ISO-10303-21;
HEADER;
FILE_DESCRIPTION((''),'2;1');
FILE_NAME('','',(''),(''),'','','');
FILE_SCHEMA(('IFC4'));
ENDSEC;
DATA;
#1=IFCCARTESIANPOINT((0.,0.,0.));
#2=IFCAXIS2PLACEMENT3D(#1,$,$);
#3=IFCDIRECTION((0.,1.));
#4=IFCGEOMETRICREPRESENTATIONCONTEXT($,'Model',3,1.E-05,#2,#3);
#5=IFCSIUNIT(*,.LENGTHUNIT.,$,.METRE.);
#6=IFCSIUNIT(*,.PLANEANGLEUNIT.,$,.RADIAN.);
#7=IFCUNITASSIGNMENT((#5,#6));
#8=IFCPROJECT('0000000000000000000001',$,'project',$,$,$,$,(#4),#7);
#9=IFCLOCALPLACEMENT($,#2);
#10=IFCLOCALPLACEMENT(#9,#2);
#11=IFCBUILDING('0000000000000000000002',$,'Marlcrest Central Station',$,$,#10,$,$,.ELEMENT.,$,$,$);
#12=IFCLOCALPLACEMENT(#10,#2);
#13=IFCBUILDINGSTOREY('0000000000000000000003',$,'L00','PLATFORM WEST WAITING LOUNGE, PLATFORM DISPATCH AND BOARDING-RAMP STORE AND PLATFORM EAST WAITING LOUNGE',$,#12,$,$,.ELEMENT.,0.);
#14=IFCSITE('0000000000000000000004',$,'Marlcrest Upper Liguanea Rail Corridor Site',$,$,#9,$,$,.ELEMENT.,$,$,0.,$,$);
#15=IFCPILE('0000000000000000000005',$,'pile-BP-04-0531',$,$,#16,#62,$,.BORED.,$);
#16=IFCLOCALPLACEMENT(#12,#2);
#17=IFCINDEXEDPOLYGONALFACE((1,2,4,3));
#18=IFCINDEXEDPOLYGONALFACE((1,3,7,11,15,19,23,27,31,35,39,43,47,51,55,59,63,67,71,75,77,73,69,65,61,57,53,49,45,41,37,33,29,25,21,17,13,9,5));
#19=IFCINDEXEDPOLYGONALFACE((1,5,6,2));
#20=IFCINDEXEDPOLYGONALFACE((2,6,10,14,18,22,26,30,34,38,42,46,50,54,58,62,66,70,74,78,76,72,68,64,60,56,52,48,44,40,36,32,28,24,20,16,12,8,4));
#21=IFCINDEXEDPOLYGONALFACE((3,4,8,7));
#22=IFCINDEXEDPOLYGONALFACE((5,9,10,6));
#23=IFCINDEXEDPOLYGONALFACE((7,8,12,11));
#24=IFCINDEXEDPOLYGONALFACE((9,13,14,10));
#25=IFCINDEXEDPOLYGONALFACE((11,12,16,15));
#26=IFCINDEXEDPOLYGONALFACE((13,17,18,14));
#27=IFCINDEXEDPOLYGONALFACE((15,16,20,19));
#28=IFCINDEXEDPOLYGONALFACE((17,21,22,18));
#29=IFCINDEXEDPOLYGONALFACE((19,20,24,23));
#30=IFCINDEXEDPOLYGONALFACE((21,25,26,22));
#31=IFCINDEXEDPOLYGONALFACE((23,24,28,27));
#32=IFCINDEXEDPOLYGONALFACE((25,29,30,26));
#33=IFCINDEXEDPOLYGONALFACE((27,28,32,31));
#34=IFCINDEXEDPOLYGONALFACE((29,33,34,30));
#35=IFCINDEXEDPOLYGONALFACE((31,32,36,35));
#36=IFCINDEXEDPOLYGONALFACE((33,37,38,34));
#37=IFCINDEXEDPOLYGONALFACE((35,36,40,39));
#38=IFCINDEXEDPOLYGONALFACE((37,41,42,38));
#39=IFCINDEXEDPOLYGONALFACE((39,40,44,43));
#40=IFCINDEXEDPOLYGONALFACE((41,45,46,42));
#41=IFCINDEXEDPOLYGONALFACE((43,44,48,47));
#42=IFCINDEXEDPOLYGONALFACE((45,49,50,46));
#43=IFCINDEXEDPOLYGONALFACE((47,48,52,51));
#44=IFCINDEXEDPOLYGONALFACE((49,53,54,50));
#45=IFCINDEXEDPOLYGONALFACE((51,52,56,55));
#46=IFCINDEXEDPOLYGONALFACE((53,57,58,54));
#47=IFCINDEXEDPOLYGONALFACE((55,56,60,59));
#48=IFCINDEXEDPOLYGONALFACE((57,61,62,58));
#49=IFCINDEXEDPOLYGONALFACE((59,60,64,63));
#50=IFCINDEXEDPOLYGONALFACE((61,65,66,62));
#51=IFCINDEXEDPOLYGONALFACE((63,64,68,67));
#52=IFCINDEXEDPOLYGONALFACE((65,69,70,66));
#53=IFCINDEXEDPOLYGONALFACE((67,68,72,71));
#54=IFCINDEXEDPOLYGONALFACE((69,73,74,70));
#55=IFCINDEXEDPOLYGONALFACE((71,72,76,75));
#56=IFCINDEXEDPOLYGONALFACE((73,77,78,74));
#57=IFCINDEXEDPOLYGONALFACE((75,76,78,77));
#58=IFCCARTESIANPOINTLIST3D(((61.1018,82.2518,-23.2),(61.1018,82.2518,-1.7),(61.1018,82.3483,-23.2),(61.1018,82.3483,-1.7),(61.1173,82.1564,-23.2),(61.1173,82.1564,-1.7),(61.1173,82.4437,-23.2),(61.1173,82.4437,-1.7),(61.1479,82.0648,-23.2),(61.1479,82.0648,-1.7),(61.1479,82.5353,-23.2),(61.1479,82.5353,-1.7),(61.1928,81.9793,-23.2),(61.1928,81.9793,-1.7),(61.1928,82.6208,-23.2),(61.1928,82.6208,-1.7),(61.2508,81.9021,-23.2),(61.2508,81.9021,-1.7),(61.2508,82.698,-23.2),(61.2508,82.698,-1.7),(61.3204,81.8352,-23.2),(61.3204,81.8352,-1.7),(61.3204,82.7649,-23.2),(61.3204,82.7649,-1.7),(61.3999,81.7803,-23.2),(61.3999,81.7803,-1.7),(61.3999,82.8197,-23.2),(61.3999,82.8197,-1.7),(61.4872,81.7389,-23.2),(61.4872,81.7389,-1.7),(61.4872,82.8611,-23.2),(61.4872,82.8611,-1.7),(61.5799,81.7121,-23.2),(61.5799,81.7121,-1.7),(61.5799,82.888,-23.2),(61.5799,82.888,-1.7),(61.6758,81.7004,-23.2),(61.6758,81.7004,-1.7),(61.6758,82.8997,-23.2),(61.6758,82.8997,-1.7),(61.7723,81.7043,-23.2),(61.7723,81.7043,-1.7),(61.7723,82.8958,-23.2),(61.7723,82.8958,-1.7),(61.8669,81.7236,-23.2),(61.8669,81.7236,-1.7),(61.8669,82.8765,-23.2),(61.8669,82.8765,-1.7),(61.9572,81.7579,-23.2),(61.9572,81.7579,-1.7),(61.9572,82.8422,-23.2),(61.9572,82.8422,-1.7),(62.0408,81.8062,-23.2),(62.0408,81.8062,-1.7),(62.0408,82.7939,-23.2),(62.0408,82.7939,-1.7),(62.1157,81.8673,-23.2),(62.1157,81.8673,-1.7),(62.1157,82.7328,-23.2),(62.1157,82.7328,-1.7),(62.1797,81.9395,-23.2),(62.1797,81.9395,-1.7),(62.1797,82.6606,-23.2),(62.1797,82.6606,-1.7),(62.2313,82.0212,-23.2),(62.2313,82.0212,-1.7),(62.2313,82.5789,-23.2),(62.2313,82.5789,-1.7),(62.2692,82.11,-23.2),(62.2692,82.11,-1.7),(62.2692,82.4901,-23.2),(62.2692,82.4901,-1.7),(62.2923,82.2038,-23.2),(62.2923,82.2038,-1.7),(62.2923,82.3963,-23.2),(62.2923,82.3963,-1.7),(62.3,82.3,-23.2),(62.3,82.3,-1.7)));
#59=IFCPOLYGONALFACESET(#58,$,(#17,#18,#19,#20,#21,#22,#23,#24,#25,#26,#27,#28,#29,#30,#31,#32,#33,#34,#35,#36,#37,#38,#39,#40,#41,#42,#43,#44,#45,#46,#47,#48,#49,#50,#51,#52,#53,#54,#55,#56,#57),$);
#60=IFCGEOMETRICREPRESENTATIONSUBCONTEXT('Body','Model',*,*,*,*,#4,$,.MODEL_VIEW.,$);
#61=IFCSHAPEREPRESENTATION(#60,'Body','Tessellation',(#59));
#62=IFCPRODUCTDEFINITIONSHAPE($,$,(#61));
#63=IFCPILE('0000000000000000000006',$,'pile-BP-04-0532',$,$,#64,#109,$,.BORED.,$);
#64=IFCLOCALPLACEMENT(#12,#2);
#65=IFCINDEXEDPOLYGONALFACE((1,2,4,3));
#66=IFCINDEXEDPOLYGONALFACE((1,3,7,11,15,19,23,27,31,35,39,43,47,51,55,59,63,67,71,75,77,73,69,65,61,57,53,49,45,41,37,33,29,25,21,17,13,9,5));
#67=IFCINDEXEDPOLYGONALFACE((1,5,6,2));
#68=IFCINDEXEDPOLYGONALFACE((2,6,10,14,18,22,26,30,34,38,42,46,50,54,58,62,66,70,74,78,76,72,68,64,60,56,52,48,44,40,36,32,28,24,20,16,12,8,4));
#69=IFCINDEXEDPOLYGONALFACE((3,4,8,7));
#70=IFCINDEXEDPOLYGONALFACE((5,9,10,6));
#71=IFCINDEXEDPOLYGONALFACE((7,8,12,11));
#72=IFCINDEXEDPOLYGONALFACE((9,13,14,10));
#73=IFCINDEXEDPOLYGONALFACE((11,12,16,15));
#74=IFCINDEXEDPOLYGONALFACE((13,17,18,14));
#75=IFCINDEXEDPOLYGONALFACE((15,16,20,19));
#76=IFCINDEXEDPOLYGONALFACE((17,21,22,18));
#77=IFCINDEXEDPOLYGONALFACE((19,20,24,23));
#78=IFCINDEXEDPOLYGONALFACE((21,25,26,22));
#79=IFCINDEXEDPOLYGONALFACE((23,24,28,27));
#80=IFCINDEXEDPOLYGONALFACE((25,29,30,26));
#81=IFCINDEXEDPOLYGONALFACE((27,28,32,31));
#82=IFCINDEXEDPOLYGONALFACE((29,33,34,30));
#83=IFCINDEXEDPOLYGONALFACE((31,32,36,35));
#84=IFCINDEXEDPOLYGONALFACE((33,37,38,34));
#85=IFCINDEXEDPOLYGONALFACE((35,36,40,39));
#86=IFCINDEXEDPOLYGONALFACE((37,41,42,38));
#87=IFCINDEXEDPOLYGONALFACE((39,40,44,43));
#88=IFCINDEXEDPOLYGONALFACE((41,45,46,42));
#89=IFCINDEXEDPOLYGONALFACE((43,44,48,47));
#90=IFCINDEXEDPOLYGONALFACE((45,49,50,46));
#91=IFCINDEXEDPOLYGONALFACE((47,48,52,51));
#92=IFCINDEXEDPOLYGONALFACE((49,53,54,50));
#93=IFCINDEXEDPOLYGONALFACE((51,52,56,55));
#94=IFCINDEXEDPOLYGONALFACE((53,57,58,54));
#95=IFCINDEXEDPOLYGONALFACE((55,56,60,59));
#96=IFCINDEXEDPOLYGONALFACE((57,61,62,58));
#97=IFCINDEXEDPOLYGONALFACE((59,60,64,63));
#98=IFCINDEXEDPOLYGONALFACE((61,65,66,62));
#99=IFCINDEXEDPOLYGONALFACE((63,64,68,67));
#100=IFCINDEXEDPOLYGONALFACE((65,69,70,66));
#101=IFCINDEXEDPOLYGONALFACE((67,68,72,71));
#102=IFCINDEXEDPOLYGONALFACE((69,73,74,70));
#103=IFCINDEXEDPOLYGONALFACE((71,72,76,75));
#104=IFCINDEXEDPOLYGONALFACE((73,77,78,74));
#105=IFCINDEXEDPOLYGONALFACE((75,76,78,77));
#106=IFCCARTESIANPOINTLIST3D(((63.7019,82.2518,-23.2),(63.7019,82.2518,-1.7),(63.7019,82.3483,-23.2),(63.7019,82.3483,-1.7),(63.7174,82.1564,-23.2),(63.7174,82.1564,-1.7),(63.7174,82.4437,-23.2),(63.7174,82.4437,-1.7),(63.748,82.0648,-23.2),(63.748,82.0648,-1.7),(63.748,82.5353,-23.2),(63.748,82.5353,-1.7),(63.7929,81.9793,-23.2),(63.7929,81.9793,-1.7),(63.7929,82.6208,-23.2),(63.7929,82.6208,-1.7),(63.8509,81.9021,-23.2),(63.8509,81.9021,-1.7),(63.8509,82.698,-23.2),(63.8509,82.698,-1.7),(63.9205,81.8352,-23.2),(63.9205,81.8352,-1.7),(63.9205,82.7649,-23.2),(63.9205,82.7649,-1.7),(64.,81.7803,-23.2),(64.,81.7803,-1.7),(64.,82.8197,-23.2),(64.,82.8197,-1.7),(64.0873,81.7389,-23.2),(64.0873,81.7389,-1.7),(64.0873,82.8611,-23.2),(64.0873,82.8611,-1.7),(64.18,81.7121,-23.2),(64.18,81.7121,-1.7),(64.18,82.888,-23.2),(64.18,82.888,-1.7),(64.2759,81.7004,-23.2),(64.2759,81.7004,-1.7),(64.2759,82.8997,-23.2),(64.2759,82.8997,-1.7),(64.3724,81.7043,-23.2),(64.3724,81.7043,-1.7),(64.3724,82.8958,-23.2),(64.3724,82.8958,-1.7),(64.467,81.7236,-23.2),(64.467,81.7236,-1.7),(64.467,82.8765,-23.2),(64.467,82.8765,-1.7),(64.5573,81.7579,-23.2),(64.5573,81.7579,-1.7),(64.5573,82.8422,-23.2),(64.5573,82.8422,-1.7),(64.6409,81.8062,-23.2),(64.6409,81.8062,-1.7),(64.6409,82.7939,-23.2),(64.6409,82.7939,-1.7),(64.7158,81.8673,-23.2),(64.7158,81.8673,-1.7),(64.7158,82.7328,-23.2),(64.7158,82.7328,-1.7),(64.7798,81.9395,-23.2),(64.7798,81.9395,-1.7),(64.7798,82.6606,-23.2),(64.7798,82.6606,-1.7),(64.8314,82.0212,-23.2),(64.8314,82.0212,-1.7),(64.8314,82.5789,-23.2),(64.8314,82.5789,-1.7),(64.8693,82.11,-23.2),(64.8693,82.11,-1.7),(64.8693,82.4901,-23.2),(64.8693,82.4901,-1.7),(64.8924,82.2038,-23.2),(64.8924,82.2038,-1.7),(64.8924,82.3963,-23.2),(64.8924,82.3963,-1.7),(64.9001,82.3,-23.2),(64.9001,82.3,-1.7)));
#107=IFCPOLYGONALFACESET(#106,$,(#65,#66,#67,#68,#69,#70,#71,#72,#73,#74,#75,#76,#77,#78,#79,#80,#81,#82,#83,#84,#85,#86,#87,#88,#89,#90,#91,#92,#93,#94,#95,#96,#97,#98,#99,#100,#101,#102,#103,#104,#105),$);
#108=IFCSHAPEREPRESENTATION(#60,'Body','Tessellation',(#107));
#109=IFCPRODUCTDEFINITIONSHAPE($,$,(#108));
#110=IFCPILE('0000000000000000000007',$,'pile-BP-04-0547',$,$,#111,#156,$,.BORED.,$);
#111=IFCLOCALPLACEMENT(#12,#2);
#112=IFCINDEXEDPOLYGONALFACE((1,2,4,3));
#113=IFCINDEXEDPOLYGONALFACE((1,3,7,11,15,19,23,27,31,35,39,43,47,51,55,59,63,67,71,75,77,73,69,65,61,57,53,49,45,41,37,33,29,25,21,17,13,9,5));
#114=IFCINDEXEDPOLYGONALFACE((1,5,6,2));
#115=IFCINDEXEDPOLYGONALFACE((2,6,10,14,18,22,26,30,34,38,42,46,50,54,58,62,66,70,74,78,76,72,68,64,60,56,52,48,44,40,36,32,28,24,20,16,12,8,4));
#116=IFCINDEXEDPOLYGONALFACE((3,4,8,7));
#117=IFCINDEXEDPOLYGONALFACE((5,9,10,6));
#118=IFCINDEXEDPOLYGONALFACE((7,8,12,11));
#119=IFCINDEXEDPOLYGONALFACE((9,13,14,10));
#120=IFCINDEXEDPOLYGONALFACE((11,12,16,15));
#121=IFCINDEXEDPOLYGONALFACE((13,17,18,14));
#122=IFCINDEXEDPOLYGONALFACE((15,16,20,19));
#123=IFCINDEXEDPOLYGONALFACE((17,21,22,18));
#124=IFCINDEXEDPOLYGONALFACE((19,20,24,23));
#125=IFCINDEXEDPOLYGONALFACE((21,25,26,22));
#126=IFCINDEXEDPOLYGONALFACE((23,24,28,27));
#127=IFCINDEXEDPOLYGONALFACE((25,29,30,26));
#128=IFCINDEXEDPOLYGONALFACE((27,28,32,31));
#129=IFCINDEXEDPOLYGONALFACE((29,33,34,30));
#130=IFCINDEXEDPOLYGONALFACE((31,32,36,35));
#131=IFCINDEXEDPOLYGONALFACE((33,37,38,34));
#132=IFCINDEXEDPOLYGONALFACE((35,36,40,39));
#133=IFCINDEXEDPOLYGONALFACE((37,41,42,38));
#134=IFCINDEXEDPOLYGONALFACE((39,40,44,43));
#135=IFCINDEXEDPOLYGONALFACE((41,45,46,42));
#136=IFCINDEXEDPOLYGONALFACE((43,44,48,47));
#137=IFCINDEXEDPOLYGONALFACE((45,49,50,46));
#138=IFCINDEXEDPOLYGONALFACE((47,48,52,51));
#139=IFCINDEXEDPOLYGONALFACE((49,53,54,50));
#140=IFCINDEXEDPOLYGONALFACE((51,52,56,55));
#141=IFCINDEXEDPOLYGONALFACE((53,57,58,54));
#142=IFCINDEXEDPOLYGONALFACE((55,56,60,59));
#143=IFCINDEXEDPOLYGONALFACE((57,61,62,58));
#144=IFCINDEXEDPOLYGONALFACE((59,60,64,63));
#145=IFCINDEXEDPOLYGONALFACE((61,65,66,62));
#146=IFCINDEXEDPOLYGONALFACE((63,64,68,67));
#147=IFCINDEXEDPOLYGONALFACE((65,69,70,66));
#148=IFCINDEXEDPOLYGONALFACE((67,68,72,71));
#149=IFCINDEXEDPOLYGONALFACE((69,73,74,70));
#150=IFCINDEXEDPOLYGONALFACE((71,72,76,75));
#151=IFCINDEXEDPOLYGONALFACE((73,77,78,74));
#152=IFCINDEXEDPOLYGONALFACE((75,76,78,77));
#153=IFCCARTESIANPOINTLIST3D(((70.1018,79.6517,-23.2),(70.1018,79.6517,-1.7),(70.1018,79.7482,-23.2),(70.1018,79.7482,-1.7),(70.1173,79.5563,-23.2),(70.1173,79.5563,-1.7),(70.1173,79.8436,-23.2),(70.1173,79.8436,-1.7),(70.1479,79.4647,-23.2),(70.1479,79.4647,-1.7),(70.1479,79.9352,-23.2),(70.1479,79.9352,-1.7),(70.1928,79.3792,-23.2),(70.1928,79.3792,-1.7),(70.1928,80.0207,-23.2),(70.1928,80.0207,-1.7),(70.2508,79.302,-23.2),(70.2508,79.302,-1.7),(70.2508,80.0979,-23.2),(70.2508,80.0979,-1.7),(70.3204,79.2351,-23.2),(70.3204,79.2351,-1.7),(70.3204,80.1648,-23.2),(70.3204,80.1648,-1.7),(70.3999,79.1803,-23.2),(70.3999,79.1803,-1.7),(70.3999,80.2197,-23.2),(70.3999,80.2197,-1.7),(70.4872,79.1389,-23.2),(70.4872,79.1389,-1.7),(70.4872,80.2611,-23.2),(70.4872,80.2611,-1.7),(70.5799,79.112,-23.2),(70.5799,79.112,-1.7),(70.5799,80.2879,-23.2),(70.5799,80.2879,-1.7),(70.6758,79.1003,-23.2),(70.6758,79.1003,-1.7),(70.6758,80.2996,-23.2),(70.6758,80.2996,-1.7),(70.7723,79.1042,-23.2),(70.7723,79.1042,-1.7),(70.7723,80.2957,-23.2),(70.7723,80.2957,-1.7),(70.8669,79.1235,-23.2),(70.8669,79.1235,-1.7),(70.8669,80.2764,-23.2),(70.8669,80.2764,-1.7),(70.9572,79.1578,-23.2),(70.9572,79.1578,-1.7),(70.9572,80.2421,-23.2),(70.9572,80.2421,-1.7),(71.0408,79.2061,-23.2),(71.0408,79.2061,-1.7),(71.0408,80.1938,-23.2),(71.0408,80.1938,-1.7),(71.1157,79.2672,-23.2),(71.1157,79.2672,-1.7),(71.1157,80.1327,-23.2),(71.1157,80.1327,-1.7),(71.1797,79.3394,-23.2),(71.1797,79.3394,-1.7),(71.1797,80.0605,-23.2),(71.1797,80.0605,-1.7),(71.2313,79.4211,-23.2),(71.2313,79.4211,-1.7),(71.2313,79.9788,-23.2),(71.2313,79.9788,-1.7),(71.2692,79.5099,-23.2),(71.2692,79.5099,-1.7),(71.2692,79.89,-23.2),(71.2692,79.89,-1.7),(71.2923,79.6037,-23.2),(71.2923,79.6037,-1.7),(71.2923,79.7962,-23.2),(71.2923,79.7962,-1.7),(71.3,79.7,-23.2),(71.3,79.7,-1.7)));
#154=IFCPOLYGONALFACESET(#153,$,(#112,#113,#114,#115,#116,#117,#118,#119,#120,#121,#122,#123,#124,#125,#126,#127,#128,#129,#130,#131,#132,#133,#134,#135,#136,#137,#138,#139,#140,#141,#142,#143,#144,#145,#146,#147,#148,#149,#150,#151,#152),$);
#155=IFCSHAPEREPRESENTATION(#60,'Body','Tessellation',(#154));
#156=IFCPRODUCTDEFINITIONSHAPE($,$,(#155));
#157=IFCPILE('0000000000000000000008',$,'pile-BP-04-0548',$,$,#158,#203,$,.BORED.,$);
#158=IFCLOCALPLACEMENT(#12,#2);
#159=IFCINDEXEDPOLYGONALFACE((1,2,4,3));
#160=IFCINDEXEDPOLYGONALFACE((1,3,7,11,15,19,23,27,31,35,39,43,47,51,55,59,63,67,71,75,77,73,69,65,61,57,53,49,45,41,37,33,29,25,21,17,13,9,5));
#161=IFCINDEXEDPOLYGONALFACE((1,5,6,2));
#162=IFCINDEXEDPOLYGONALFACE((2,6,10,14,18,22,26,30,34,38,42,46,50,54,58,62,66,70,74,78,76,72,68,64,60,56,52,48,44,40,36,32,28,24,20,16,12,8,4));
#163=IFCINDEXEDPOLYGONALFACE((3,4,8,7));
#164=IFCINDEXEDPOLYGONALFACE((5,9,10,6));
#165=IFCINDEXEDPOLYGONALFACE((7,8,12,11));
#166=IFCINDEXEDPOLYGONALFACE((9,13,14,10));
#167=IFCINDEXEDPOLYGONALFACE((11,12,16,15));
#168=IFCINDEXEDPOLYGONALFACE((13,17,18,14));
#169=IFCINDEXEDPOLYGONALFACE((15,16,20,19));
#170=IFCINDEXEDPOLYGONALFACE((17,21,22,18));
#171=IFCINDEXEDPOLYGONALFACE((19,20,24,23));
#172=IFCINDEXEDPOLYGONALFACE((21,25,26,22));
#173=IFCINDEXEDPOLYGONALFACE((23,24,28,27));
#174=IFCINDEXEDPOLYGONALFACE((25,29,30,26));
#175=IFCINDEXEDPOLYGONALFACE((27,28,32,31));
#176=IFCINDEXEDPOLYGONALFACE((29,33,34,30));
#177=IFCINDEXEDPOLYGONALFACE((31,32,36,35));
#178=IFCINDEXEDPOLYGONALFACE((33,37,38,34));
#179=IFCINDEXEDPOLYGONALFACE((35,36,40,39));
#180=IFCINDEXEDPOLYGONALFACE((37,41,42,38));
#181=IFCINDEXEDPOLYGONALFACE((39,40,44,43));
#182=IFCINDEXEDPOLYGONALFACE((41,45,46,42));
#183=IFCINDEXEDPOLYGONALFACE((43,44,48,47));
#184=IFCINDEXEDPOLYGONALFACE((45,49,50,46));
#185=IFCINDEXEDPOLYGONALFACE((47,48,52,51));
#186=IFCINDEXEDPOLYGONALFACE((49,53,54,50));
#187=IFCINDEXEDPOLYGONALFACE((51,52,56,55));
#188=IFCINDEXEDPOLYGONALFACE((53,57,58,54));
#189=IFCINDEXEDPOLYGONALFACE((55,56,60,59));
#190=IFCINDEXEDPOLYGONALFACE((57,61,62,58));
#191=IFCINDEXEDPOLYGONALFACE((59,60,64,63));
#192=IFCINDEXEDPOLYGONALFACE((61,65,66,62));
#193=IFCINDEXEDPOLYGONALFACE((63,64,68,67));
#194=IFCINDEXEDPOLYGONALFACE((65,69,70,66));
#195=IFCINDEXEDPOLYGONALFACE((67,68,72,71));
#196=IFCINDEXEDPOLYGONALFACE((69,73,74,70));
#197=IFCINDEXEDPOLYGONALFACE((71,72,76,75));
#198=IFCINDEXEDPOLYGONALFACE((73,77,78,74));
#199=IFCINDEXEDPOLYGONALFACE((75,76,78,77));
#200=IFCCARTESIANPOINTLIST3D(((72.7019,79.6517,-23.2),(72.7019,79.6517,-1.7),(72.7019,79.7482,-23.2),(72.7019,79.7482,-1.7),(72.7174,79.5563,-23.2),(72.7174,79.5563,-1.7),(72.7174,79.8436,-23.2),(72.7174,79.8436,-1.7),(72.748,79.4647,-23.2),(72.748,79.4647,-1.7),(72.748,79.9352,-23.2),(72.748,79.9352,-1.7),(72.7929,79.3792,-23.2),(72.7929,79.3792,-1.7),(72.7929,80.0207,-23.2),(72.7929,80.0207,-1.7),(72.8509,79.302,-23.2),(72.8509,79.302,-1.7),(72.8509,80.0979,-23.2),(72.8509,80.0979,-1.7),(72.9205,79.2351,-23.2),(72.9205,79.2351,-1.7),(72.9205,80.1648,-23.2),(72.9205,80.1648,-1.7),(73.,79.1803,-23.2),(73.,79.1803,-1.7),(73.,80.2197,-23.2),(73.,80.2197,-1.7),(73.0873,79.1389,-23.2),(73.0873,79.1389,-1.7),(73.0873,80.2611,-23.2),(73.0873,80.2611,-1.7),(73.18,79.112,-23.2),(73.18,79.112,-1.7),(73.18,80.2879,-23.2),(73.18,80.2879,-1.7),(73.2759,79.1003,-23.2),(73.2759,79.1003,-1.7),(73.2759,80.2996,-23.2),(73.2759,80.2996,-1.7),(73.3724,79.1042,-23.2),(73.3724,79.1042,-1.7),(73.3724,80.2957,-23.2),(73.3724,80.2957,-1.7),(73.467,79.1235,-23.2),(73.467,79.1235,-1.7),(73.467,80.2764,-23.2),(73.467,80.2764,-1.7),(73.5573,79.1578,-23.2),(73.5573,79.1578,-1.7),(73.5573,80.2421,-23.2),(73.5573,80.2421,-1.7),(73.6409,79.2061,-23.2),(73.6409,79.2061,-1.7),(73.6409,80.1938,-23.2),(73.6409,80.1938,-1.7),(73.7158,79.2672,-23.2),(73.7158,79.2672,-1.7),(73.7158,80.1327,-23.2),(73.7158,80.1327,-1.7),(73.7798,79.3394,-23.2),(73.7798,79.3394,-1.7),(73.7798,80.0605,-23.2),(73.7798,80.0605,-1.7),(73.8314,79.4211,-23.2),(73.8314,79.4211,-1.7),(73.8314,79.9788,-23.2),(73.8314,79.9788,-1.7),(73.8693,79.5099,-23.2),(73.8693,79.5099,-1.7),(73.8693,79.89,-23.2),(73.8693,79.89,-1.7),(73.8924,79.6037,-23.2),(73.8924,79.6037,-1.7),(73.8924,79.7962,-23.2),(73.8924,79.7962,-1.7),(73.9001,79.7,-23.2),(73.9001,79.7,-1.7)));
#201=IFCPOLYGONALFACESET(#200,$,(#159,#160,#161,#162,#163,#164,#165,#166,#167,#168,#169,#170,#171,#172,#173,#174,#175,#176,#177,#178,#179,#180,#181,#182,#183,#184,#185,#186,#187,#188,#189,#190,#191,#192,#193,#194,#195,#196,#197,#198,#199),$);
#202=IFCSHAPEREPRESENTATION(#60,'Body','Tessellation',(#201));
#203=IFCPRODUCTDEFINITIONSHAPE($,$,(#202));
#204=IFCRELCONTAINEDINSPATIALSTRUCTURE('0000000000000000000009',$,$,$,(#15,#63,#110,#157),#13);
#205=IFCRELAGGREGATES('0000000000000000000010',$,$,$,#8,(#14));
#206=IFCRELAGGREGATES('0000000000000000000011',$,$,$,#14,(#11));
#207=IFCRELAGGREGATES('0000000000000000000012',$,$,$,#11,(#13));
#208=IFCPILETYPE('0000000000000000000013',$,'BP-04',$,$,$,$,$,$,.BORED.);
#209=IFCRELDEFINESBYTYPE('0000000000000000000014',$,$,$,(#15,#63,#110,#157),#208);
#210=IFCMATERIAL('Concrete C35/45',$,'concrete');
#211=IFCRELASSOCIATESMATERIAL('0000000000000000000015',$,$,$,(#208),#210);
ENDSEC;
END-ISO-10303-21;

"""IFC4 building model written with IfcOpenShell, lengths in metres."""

from ifc_helpers import new_model, si_unit, direction, frame, origin, origin_2d, place, context, subcontext, project, spatial, circle, extrude, material, material_profile, profile_set, type_object, element, save


model = new_model("IFC4")

# Units and contexts
model_context = context("Model", 3, precision=1e-05, world=origin(), true_north=direction((0.0, 1.0)))
body_context = subcontext(model_context, "Body", "Model", "MODEL_VIEW")
ifc_project = project(units=[si_unit("LENGTHUNIT", "METRE"), si_unit("PLANEANGLEUNIT", "RADIAN")], contexts=[model_context])

# Site, building, storey
site_placement = place(None, origin())
site = spatial("IfcSite", under=ifc_project, at=site_placement, Name="Marlcrest Upper Liguanea Rail Corridor Site", CompositionType="ELEMENT", RefElevation=0.0)
building_placement = place(site_placement, origin())
building = spatial("IfcBuilding", under=site, at=building_placement, Name="Marlcrest Central Station", CompositionType="ELEMENT")
storey_placement = place(building_placement, origin())
storey = spatial("IfcBuildingStorey", under=building, at=storey_placement, Name="L00", Description="PLATFORM WEST WAITING LOUNGE, PLATFORM DISPATCH AND BOARDING-RAMP STORE AND PLATFORM EAST WAITING LOUNGE", CompositionType="ELEMENT", Elevation=0.0)

# Piles
ifc_material_1 = material(Name="Concrete C35/45", Category="concrete")
ifc_material_profile_1 = material_profile(ifc_material_1, circle(Radius=0.6001, at=origin_2d()), Name="PILE D1200")
ifc_profile_set_1 = profile_set([ifc_material_profile_1], Name="Concrete C35/45")
pile_type_1 = type_object("IfcPileType", Name="BP-04", PredefinedType="BORED", material=ifc_profile_set_1)
for number, where, z_axis, x_axis, name in (
    (1, (61.7, 82.3, -1.7), (0.0, 0.0, -1.0), (1.0, 0.0, 0.0), "pile-BP-04-0531"),
    (2, (64.3, 82.3, -1.7), (0.0, 0.0, -1.0), (1.0, 0.0, 0.0), "pile-BP-04-0532"),
    (3, (70.7, 79.7, -1.7), (0.0, 0.0, -1.0), (1.0, 0.0, 0.0), "pile-BP-04-0547"),
    (4, (73.3, 79.7, -1.7), (0.0, 0.0, -1.0), (1.0, 0.0, 0.0), "pile-BP-04-0548"),
):
    element("IfcPile", number, at=place(storey_placement, frame(where, z_axis=z_axis, x_axis=x_axis)), inside=storey, type_object=pile_type_1, Name=name, PredefinedType="BORED", context=body_context, shape_type="SweptSolid", body=[
        extrude(circle(Radius=0.6001, at=origin_2d()), origin(), (0.0, 0.0, 1.0), 21.5),
    ])

save(model, "model.ifc")
